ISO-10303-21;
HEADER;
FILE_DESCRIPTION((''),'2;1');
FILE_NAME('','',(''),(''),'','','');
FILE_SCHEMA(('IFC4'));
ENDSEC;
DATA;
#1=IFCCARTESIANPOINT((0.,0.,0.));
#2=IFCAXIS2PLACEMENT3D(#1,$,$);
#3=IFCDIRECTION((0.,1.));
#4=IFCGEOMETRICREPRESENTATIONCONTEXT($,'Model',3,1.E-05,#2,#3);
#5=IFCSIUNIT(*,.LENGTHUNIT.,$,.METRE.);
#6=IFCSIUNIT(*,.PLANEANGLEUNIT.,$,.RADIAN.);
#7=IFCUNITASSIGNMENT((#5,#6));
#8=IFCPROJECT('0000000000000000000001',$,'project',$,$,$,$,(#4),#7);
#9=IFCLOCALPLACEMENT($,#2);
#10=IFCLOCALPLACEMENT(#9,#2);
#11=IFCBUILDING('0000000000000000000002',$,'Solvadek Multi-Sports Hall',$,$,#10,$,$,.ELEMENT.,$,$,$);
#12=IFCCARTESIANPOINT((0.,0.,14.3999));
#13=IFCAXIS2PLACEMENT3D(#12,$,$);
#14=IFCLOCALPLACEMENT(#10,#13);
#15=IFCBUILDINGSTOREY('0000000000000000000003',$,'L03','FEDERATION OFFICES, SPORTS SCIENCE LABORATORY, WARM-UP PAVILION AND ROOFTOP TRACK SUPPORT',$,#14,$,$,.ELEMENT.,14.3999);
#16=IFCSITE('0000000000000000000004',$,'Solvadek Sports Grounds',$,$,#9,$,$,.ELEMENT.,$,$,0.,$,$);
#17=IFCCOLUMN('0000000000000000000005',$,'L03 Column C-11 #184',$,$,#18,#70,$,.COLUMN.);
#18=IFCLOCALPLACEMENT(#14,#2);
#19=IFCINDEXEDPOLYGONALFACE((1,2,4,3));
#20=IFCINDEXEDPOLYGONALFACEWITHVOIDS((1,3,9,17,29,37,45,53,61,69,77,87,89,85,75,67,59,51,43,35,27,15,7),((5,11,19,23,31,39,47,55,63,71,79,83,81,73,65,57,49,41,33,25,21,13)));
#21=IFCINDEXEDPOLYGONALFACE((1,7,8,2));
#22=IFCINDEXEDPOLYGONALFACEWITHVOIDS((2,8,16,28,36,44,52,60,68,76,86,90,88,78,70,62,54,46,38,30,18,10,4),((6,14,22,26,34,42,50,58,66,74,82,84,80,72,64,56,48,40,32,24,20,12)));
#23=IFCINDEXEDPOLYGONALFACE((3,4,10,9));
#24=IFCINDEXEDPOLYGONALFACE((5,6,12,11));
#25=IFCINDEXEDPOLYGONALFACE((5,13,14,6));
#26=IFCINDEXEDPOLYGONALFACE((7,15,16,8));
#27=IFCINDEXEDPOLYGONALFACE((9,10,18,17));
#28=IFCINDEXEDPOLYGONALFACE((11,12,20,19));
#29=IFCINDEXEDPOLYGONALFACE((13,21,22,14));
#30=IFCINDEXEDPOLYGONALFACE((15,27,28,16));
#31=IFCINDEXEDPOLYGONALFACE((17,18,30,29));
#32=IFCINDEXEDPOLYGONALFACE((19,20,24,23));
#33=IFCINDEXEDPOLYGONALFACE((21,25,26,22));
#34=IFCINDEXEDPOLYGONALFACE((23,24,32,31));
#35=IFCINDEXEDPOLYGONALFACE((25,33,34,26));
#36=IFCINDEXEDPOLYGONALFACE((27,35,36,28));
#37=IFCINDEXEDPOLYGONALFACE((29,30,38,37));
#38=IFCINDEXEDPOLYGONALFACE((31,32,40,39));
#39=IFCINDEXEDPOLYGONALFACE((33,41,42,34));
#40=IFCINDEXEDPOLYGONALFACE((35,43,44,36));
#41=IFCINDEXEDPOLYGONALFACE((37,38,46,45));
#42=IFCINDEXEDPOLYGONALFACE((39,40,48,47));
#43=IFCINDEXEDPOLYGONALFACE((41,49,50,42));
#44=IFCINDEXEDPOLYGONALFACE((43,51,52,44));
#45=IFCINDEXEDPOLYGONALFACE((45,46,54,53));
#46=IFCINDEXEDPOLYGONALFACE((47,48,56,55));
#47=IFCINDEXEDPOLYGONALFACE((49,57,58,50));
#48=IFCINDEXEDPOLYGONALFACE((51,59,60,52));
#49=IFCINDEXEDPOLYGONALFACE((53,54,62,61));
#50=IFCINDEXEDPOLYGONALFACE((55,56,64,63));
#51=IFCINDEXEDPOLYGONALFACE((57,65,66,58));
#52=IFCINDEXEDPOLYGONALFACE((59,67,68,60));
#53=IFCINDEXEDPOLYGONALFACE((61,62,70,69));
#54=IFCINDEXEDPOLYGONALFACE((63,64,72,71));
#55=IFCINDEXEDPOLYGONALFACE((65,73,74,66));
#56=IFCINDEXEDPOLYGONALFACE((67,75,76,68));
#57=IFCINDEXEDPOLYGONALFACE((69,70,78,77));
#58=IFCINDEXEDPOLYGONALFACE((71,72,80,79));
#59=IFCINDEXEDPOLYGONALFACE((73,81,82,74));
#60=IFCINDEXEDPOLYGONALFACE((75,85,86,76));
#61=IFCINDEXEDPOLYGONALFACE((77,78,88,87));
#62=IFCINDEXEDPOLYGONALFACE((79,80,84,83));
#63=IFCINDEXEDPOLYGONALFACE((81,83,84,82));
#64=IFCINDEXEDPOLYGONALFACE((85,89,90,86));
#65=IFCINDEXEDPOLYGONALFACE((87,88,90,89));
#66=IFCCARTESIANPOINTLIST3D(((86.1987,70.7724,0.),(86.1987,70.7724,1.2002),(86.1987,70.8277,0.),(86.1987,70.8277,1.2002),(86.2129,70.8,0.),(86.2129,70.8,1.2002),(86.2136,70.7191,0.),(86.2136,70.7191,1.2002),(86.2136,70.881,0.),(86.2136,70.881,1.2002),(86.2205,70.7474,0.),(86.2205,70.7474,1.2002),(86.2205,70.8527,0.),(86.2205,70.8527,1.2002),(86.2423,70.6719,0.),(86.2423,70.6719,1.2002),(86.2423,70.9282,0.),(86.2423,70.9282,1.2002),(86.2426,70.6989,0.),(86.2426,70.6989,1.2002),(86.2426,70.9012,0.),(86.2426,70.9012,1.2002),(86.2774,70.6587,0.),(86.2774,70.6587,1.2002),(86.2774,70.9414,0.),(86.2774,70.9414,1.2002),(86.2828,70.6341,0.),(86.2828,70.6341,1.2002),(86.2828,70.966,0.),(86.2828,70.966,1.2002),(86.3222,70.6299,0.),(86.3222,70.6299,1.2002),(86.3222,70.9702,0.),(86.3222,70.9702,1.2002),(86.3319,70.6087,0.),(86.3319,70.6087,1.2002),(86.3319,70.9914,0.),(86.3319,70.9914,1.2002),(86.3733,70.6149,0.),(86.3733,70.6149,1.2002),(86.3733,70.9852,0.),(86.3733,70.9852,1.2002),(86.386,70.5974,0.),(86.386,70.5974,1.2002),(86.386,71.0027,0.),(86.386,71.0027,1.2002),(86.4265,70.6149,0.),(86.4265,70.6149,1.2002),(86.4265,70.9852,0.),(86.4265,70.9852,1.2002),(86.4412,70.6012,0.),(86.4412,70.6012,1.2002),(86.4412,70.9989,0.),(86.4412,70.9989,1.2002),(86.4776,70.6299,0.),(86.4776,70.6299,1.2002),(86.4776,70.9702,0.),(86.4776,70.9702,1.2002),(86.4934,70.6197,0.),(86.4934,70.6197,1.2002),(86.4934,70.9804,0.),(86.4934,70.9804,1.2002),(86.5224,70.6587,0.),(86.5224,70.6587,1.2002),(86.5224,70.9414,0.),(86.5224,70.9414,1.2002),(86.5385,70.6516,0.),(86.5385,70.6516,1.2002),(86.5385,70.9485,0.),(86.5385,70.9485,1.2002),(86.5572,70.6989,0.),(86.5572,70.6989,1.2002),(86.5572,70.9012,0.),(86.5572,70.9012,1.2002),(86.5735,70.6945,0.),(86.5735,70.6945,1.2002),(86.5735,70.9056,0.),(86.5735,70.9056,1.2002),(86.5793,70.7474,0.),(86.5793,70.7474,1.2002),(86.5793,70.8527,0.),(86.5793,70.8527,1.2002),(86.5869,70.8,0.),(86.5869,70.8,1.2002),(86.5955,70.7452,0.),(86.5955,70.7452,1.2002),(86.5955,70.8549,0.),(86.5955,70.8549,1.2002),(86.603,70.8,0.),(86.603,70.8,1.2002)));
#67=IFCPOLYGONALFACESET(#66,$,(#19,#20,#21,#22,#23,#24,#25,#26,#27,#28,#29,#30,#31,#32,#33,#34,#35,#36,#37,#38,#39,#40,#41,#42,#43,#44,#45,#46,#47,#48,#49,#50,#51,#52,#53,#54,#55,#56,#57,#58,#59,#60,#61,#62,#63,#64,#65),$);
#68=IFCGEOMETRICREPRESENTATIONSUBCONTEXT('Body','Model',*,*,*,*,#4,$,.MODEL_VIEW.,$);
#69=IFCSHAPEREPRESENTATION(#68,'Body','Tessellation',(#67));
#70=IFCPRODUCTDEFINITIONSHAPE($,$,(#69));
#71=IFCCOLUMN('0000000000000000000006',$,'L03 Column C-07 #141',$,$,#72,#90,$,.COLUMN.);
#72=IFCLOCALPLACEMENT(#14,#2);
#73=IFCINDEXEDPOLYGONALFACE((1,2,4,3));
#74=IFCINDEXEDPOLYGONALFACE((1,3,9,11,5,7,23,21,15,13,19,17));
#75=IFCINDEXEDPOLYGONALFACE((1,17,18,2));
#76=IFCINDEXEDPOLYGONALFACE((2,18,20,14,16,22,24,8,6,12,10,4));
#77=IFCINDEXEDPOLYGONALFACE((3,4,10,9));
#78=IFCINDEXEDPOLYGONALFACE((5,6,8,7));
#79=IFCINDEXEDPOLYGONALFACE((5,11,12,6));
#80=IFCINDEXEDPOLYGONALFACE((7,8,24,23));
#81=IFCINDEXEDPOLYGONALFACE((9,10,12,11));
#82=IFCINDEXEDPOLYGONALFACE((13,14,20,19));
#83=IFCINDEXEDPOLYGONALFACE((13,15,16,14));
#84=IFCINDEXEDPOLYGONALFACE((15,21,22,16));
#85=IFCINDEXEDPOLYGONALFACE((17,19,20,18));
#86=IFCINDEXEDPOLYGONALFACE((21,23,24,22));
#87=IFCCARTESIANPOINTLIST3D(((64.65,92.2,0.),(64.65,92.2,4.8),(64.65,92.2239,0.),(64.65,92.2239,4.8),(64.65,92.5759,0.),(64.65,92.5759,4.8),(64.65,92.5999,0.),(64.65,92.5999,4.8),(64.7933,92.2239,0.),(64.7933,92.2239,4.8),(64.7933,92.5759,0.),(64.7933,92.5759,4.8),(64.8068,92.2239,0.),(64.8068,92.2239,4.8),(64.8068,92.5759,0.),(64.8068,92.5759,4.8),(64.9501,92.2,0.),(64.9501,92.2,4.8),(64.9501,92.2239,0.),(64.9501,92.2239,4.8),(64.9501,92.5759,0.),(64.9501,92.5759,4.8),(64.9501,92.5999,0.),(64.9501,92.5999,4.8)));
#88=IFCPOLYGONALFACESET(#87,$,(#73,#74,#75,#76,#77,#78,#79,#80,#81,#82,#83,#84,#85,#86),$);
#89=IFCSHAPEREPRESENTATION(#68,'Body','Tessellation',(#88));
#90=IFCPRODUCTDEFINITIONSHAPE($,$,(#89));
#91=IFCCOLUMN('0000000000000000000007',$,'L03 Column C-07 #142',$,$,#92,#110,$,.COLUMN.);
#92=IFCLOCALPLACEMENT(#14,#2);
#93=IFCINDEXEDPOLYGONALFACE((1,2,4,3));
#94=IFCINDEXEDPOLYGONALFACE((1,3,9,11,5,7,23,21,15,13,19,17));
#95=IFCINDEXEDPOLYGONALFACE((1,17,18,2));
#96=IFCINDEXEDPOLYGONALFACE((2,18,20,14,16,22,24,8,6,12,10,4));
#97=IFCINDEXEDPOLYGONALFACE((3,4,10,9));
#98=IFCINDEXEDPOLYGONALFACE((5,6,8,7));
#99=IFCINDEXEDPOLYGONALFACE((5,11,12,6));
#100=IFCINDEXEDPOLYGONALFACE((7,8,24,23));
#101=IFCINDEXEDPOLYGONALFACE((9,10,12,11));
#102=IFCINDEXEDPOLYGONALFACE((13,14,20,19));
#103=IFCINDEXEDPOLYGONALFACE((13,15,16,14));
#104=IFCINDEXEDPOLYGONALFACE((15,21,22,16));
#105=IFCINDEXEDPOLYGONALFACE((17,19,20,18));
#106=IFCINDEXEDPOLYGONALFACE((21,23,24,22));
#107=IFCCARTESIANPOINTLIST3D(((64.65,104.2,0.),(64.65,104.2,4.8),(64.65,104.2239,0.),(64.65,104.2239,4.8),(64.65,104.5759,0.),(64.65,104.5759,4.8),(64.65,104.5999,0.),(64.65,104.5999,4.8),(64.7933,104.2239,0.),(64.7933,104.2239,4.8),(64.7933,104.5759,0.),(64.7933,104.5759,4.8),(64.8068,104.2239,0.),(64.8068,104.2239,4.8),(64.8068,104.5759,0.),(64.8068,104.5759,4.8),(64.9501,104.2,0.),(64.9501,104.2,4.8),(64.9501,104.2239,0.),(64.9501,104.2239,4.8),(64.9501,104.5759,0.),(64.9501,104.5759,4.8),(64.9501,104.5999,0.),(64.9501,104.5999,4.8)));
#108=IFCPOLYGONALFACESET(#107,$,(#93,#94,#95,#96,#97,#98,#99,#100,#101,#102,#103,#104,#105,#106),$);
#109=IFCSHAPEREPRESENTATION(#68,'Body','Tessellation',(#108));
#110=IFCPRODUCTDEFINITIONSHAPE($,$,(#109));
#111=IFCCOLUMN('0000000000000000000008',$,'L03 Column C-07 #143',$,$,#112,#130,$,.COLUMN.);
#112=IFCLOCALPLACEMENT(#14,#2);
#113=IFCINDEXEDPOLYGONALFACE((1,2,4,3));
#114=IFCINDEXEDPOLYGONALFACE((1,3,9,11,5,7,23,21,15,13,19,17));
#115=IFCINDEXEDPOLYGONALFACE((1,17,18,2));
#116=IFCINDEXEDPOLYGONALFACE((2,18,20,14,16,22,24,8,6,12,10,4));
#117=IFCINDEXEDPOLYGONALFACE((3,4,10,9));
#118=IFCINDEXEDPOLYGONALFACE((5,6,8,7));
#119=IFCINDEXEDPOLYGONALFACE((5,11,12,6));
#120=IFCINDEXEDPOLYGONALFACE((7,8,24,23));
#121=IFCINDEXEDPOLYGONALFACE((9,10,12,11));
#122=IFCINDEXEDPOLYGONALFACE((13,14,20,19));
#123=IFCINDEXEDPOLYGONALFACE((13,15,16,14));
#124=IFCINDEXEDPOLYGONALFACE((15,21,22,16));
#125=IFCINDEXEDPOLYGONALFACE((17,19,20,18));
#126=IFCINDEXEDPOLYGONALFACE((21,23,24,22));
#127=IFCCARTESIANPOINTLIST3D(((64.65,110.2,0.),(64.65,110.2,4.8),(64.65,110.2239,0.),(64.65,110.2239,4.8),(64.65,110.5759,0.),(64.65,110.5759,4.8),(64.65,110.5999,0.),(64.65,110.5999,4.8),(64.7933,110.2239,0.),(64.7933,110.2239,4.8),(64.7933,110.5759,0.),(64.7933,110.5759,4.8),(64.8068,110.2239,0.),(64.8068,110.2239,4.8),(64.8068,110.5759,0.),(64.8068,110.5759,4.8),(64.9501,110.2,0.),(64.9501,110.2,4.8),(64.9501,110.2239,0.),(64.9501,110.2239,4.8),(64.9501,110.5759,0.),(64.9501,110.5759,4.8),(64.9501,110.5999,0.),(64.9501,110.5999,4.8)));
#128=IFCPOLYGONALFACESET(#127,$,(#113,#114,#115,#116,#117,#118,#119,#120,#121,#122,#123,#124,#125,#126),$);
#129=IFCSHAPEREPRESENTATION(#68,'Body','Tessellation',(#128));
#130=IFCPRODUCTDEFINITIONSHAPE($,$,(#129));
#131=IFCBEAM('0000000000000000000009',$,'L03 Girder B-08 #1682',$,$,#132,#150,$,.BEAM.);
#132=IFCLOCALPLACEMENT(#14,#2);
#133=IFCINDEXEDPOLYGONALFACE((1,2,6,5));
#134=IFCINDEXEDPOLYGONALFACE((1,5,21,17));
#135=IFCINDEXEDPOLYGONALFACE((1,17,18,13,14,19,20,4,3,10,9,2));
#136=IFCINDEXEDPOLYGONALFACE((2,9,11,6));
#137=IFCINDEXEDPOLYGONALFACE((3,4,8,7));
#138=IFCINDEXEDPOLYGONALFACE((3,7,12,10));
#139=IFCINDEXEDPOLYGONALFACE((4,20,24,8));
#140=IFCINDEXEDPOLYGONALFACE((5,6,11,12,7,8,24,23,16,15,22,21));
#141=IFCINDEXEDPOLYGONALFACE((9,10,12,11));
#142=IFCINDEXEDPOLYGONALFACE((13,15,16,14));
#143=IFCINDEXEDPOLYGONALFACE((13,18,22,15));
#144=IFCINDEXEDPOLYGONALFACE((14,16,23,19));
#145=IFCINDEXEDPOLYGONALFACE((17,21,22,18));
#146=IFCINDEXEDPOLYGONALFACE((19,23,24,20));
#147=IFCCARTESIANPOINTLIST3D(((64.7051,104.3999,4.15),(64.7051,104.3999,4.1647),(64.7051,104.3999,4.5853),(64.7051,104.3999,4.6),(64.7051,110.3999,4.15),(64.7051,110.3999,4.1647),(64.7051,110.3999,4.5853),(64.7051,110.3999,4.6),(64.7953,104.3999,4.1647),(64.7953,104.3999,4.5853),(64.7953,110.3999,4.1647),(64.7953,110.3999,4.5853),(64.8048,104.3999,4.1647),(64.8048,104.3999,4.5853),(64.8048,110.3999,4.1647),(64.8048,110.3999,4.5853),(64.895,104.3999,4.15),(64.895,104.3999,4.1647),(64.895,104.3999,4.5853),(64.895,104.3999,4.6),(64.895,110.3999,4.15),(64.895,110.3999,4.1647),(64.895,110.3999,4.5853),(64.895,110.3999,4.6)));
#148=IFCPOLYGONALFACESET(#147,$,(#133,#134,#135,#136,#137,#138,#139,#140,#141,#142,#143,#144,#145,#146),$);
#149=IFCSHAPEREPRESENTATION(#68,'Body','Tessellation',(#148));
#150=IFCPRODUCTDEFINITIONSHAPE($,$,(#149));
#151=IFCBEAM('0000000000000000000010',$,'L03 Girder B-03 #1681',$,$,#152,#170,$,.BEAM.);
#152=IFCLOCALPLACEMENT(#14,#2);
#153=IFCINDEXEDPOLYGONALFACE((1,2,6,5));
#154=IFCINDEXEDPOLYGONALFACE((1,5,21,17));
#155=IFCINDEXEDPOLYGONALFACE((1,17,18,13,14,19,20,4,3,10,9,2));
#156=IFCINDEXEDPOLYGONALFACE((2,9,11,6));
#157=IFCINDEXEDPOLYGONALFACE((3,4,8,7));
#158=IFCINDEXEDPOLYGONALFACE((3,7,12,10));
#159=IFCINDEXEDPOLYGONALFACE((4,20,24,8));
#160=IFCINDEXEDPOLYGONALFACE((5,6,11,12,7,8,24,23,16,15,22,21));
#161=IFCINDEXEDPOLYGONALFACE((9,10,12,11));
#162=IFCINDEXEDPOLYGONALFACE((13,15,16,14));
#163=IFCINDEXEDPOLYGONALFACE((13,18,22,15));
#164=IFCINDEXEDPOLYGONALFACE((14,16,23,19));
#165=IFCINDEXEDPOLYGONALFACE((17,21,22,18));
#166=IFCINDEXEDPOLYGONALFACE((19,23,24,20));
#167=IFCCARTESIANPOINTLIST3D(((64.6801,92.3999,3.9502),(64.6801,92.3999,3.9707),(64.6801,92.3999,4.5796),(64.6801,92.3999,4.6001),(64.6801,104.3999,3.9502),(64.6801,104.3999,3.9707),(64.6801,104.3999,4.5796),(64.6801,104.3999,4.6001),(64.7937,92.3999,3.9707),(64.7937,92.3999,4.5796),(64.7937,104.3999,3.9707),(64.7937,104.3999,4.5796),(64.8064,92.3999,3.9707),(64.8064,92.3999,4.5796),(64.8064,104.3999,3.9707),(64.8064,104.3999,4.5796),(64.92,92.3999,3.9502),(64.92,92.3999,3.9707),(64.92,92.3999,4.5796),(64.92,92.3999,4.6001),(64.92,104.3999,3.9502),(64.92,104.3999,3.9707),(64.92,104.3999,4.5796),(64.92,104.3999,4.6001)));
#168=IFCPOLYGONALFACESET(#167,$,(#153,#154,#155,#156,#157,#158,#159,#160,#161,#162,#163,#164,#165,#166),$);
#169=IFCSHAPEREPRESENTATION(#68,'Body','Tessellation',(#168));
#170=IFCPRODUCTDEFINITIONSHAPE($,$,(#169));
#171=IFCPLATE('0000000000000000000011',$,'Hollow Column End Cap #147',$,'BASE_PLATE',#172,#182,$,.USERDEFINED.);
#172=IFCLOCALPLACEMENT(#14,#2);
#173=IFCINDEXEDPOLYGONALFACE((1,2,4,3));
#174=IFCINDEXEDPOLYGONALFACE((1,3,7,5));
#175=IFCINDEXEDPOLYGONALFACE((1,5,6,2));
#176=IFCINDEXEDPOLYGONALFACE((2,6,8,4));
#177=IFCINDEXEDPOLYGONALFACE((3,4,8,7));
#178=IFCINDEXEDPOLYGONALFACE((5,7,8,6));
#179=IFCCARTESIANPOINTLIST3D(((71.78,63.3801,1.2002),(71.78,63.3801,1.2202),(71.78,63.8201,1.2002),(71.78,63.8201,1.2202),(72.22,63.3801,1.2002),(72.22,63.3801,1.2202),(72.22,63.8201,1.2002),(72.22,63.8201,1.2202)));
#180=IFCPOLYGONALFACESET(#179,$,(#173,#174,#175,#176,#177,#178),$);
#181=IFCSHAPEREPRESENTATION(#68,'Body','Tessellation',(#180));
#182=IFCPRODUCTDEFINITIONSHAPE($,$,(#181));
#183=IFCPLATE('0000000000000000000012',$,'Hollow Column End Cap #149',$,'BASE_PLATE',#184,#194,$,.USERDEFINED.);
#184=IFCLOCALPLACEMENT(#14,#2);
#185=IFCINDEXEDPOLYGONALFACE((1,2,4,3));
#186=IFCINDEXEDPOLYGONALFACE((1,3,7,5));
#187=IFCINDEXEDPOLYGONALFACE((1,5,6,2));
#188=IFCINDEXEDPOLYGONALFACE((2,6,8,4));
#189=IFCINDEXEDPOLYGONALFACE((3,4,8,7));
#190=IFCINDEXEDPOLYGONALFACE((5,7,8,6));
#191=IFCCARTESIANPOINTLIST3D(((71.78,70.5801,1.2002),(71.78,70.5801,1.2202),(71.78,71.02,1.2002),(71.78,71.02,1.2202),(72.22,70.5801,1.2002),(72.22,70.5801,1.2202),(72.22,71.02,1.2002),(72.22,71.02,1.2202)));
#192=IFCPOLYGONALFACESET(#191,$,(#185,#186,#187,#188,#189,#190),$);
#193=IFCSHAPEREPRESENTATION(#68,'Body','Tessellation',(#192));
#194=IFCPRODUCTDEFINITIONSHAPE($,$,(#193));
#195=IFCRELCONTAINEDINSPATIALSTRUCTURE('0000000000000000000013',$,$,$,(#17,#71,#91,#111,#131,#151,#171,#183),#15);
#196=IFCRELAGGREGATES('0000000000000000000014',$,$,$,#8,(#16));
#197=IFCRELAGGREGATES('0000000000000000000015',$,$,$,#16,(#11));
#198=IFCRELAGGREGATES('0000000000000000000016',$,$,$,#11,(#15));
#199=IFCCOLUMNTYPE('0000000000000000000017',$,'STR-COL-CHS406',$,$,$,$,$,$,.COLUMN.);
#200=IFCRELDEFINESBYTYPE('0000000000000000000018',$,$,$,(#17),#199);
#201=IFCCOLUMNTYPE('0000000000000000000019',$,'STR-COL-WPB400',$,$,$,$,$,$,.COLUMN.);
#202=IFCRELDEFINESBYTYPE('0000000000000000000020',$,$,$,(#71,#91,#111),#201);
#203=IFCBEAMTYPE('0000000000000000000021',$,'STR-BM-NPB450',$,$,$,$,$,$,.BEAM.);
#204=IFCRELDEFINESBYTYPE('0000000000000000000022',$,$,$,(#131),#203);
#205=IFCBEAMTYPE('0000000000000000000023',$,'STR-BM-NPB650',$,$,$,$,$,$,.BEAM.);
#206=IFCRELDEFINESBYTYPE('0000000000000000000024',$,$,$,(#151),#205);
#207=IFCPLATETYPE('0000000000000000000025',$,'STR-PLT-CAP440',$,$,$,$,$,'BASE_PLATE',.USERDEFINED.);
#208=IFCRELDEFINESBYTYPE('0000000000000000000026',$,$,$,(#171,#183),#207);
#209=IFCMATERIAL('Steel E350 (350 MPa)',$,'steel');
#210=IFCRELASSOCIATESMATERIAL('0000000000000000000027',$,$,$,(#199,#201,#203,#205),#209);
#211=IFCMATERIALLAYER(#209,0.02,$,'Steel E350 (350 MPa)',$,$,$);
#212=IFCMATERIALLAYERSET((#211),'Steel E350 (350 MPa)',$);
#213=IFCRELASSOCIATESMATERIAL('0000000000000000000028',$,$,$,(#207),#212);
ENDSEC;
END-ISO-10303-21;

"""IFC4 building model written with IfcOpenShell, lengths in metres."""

from ifc_helpers import new_model, si_unit, direction, frame, origin, origin_2d, place, context, subcontext, project, spatial, rectangle, hollow_circle, i_section, extrude, material, layer, layer_set, material_profile, profile_set, type_object, element, save


model = new_model("IFC4")

# Units and contexts
model_context = context("Model", 3, precision=1e-05, world=origin(), true_north=direction((0.0, 1.0)))
body_context = subcontext(model_context, "Body", "Model", "MODEL_VIEW")
ifc_project = project(units=[si_unit("LENGTHUNIT", "METRE"), si_unit("PLANEANGLEUNIT", "RADIAN")], contexts=[model_context])

# Site, building, storey
site_placement = place(None, origin())
site = spatial("IfcSite", under=ifc_project, at=site_placement, Name="Solvadek Sports Grounds", CompositionType="ELEMENT", RefElevation=0.0)
building_placement = place(site_placement, origin())
building = spatial("IfcBuilding", under=site, at=building_placement, Name="Solvadek Multi-Sports Hall", CompositionType="ELEMENT")
storey_placement = place(building_placement, frame((0.0, 0.0, 14.3999)))
storey = spatial("IfcBuildingStorey", under=building, at=storey_placement, Name="L03", Description="FEDERATION OFFICES, SPORTS SCIENCE LABORATORY, WARM-UP PAVILION AND ROOFTOP TRACK SUPPORT", CompositionType="ELEMENT", Elevation=14.3999)

# Columns
ifc_material_1 = material(Name="Steel E350 (350 MPa)", Category="steel")
ifc_material_profile_1 = material_profile(ifc_material_1, hollow_circle(Radius=0.2031, WallThickness=0.0161, at=origin_2d()), Name="CHS 406.4x16")
ifc_profile_set_1 = profile_set([ifc_material_profile_1], Name="Steel E350 (350 MPa)")
column_type_1 = type_object("IfcColumnType", Name="STR-COL-CHS406", PredefinedType="COLUMN", material=ifc_profile_set_1)
for number, where, z_axis, x_axis, name in (
    (1, (86.3999, 70.8, 0.0), (0.0, 0.0, 1.0), (1.0, 0.0, 0.0), "L03 Column C-11 #184"),
):
    element("IfcColumn", number, at=place(storey_placement, frame(where, z_axis=z_axis, x_axis=x_axis)), inside=storey, type_object=column_type_1, Name=name, PredefinedType="COLUMN", context=body_context, shape_type="SweptSolid", body=[
        extrude(hollow_circle(Radius=0.2031, WallThickness=0.0161, at=origin_2d()), origin(), (0.0, 0.0, 1.0), 1.2002),
    ])
ifc_material_profile_2 = material_profile(ifc_material_1, i_section(OverallWidth=0.3, OverallDepth=0.3999, WebThickness=0.0134, FlangeThickness=0.0239, at=origin_2d()), Name="WPB 400")
ifc_profile_set_2 = profile_set([ifc_material_profile_2], Name="Steel E350 (350 MPa)")
column_type_2 = type_object("IfcColumnType", Name="STR-COL-WPB400", PredefinedType="COLUMN", material=ifc_profile_set_2)
for number, where, z_axis, x_axis, name in (
    (2, (64.8, 92.3999, 0.0), (0.0, 0.0, 1.0), (1.0, 0.0, 0.0), "L03 Column C-07 #141"),
    (3, (64.8, 104.3999, 0.0), (0.0, 0.0, 1.0), (1.0, 0.0, 0.0), "L03 Column C-07 #142"),
    (4, (64.8, 110.3999, 0.0), (0.0, 0.0, 1.0), (1.0, 0.0, 0.0), "L03 Column C-07 #143"),
):
    element("IfcColumn", number, at=place(storey_placement, frame(where, z_axis=z_axis, x_axis=x_axis)), inside=storey, type_object=column_type_2, Name=name, PredefinedType="COLUMN", context=body_context, shape_type="SweptSolid", body=[
        extrude(i_section(OverallWidth=0.3, OverallDepth=0.3999, WebThickness=0.0134, FlangeThickness=0.0239, at=origin_2d()), origin(), (0.0, 0.0, 1.0), 4.8),
    ])

# Beams
ifc_material_profile_3 = material_profile(ifc_material_1, i_section(OverallWidth=0.1899, OverallDepth=0.45, WebThickness=0.0095, FlangeThickness=0.0146, at=origin_2d()), Name="NPB 450")
ifc_profile_set_3 = profile_set([ifc_material_profile_3], Name="Steel E350 (350 MPa)")
beam_type_1 = type_object("IfcBeamType", Name="STR-BM-NPB450", PredefinedType="BEAM", material=ifc_profile_set_3)
beam_1_placement = place(storey_placement, frame((64.8, 104.3999, 4.375), z_axis=(0.0, 1.0, 0.0), x_axis=(-1.0, 0.0, 0.0)))
element("IfcBeam", 5, at=beam_1_placement, inside=storey, type_object=beam_type_1, Name="L03 Girder B-08 #1682", PredefinedType="BEAM", context=body_context, shape_type="SweptSolid", body=[
    extrude(i_section(OverallWidth=0.1899, OverallDepth=0.45, WebThickness=0.0095, FlangeThickness=0.0146, at=origin_2d()), origin(), (0.0, 0.0, 1.0), 6.0),
])
ifc_material_profile_4 = material_profile(ifc_material_1, i_section(OverallWidth=0.24, OverallDepth=0.6499, WebThickness=0.0127, FlangeThickness=0.0205, at=origin_2d()), Name="NPB 650")
ifc_profile_set_4 = profile_set([ifc_material_profile_4], Name="Steel E350 (350 MPa)")
beam_type_2 = type_object("IfcBeamType", Name="STR-BM-NPB650", PredefinedType="BEAM", material=ifc_profile_set_4)
beam_2_placement = place(storey_placement, frame((64.8, 92.3999, 4.2751), z_axis=(0.0, 1.0, 0.0), x_axis=(-1.0, 0.0, 0.0)))
element("IfcBeam", 6, at=beam_2_placement, inside=storey, type_object=beam_type_2, Name="L03 Girder B-03 #1681", PredefinedType="BEAM", context=body_context, shape_type="SweptSolid", body=[
    extrude(i_section(OverallWidth=0.24, OverallDepth=0.6499, WebThickness=0.0127, FlangeThickness=0.0205, at=origin_2d()), origin(), (0.0, 0.0, 1.0), 12.0),
])

# Plates
ifc_layer_1 = layer(ifc_material_1, 0.02, Name="Steel E350 (350 MPa)")
ifc_layer_set_1 = layer_set([ifc_layer_1], Name="Steel E350 (350 MPa)")
plate_type = type_object("IfcPlateType", Name="STR-PLT-CAP440", ElementType="BASE_PLATE", PredefinedType="USERDEFINED", material=ifc_layer_set_1)
for number, where, z_axis, x_axis, name in (
    (7, (72.0, 63.6001, 1.2002), (0.0, 0.0, 1.0), (1.0, 0.0, 0.0), "Hollow Column End Cap #147"),
    (8, (72.0, 70.8, 1.2002), (0.0, 0.0, 1.0), (1.0, 0.0, 0.0), "Hollow Column End Cap #149"),
):
    element("IfcPlate", number, at=place(storey_placement, frame(where, z_axis=z_axis, x_axis=x_axis)), inside=storey, type_object=plate_type, Name=name, ObjectType="BASE_PLATE", PredefinedType="USERDEFINED", context=body_context, shape_type="SweptSolid", body=[
        extrude(rectangle(XDim=0.4399, YDim=0.4399, at=origin_2d()), origin(), (0.0, 0.0, 1.0), 0.02),
    ])

save(model, "model.ifc")
